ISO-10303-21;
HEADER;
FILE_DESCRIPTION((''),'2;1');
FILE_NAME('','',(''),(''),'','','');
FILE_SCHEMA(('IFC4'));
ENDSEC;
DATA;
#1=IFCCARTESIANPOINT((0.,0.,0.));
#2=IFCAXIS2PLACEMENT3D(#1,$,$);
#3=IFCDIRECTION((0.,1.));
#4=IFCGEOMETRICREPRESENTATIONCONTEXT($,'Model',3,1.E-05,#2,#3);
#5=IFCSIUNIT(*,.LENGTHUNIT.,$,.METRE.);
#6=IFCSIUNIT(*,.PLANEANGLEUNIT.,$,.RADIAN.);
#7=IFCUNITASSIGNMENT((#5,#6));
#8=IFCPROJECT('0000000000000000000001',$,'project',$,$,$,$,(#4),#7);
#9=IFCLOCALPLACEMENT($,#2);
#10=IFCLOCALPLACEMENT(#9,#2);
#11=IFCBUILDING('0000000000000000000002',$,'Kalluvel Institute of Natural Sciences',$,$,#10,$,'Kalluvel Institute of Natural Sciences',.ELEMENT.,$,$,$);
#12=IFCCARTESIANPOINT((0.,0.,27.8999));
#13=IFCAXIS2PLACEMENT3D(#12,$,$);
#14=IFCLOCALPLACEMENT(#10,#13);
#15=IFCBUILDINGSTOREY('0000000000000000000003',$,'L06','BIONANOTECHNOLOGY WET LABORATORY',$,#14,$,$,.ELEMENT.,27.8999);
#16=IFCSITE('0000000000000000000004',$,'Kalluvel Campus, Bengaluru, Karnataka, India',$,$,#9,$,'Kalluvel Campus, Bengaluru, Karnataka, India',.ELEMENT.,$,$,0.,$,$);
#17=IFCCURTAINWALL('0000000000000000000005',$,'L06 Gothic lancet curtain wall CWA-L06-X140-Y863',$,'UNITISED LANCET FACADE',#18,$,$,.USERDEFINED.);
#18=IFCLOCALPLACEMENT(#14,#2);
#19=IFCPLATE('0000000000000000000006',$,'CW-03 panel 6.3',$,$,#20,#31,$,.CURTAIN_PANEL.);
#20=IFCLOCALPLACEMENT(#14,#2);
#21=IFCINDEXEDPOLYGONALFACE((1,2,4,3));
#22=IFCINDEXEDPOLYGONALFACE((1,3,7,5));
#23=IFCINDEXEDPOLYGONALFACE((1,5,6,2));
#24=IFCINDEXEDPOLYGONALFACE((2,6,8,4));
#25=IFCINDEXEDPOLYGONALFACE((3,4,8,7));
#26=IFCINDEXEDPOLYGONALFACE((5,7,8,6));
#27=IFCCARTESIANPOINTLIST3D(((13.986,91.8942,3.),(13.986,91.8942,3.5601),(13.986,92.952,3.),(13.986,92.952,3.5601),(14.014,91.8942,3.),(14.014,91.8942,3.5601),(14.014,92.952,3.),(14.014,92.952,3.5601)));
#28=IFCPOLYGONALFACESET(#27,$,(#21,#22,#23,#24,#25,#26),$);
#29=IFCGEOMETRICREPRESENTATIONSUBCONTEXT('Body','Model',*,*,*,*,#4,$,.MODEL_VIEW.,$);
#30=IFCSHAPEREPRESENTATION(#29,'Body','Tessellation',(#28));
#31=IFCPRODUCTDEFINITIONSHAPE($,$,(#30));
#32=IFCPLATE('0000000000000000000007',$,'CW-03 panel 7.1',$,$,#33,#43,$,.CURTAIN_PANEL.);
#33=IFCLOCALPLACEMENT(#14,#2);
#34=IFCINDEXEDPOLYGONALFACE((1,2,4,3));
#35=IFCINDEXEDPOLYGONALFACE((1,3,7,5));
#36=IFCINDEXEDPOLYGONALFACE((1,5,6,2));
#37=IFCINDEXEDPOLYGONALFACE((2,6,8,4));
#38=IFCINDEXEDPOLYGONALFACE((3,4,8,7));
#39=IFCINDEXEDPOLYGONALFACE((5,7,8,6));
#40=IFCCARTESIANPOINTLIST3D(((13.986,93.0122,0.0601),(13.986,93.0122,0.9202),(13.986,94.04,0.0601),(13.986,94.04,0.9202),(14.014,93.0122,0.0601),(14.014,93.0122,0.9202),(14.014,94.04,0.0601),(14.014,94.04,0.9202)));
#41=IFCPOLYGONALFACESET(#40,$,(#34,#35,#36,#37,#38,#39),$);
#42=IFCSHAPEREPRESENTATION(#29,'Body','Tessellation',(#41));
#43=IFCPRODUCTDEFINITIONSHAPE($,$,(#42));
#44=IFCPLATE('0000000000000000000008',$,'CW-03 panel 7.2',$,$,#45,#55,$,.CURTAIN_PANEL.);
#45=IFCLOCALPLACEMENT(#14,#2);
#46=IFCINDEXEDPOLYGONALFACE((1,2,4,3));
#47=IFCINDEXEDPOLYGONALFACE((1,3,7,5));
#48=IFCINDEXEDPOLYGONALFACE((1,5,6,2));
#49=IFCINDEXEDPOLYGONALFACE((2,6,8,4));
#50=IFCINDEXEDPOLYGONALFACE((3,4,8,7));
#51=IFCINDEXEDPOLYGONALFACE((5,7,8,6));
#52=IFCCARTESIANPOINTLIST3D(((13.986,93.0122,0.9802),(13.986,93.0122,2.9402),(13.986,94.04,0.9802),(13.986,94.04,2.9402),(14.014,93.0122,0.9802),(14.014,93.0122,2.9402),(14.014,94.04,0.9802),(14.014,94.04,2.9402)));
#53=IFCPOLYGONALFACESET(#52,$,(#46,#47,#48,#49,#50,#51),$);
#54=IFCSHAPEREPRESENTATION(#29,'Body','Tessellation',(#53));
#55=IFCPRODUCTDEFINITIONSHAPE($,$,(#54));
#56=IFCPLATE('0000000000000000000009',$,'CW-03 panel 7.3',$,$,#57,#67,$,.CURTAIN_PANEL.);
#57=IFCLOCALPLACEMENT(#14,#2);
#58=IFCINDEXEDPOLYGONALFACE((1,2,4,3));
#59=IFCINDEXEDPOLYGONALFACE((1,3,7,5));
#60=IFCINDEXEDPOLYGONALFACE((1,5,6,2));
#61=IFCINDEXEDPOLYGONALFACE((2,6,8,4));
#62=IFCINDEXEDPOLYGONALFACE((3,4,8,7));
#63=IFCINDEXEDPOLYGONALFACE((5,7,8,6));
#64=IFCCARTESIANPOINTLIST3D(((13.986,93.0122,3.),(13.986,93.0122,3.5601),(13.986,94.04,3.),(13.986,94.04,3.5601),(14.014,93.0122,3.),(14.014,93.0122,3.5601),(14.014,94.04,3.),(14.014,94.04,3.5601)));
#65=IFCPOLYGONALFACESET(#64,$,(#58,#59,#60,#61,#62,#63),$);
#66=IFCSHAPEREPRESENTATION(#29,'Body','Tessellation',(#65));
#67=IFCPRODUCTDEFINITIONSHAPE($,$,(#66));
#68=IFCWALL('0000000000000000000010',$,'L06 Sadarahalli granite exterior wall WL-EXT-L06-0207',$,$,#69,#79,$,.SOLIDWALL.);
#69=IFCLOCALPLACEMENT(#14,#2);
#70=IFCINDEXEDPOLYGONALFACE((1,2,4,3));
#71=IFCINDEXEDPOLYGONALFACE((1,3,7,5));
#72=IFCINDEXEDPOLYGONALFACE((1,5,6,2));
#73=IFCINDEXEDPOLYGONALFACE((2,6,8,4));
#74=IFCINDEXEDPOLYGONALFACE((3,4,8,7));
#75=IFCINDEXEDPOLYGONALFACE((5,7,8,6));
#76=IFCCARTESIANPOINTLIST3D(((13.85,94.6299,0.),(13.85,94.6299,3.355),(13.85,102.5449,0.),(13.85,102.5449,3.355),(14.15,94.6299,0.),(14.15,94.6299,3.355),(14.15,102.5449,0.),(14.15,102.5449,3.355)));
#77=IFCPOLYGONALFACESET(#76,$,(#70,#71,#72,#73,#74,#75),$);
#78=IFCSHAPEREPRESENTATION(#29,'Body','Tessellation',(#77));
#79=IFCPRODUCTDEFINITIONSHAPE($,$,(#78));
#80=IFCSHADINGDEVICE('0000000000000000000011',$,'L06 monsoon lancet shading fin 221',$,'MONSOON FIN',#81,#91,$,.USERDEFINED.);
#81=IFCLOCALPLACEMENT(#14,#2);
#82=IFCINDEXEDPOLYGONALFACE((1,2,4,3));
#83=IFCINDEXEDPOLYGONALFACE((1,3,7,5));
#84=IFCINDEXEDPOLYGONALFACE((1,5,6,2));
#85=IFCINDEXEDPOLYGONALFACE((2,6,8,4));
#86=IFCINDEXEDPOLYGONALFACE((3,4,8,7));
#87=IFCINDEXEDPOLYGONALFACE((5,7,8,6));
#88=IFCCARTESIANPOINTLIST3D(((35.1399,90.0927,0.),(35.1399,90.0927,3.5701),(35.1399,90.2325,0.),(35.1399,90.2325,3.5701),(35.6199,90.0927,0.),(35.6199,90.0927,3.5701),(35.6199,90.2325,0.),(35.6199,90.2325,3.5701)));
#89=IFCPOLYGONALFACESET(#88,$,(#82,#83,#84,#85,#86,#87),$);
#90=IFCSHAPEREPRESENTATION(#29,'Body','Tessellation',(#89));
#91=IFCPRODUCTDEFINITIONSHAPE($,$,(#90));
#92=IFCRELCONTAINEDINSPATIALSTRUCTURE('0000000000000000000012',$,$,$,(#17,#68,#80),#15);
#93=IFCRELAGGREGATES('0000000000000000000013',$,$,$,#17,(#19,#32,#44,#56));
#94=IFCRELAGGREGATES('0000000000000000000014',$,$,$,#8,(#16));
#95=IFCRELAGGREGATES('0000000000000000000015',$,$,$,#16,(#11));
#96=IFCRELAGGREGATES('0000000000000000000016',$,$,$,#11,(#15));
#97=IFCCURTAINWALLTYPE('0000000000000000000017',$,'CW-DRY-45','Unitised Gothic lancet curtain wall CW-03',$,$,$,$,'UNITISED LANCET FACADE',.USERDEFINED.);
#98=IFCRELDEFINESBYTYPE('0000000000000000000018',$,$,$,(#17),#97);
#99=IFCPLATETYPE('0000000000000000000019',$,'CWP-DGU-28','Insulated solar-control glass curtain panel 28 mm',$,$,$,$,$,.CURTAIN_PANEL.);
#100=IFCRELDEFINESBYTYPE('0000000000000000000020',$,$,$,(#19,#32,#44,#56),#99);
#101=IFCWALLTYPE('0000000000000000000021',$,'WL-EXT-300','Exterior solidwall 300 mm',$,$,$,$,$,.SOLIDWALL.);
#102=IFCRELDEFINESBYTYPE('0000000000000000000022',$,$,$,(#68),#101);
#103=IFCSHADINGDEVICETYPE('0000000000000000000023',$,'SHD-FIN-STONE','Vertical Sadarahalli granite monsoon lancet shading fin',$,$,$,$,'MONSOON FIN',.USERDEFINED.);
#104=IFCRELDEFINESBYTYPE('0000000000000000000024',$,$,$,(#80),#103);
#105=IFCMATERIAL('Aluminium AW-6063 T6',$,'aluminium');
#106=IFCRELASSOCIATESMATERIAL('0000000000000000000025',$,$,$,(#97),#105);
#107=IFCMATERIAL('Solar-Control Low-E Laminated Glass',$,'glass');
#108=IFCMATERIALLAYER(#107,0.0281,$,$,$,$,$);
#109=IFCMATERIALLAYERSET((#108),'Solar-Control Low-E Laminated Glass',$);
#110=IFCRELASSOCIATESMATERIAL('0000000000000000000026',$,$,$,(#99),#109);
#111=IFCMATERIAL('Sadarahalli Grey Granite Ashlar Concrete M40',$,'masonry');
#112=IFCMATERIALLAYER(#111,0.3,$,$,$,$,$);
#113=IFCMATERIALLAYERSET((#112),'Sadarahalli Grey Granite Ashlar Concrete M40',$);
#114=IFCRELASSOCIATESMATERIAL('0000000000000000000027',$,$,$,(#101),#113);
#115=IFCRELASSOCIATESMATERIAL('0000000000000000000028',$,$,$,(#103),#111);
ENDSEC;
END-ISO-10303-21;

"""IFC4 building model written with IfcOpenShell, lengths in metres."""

from ifc_helpers import new_model, si_unit, direction, frame, frame_2d, origin, origin_2d, place, context, subcontext, project, spatial, rectangle, extrude, material, layer, layer_set, type_object, element, aggregate, save


model = new_model("IFC4")

# Units and contexts
model_context = context("Model", 3, precision=1e-05, world=origin(), true_north=direction((0.0, 1.0)))
body_context = subcontext(model_context, "Body", "Model", "MODEL_VIEW")
ifc_project = project(units=[si_unit("LENGTHUNIT", "METRE"), si_unit("PLANEANGLEUNIT", "RADIAN")], contexts=[model_context])

# Site, building, storey
site_placement = place(None, origin())
site = spatial("IfcSite", under=ifc_project, at=site_placement, Name="Kalluvel Campus, Bengaluru, Karnataka, India", LongName="Kalluvel Campus, Bengaluru, Karnataka, India", CompositionType="ELEMENT", RefElevation=0.0)
building_placement = place(site_placement, origin())
building = spatial("IfcBuilding", under=site, at=building_placement, Name="Kalluvel Institute of Natural Sciences", LongName="Kalluvel Institute of Natural Sciences", CompositionType="ELEMENT")
storey_placement = place(building_placement, frame((0.0, 0.0, 27.8999)))
storey = spatial("IfcBuildingStorey", under=building, at=storey_placement, Name="L06", Description="BIONANOTECHNOLOGY WET LABORATORY", CompositionType="ELEMENT", Elevation=27.8999)

# Curtain wall
ifc_material_1 = material(Name="Aluminium AW-6063 T6", Category="aluminium")
curtain_wall_type = type_object("IfcCurtainWallType", Name="CW-DRY-45", Description="Unitised Gothic lancet curtain wall CW-03", ElementType="UNITISED LANCET FACADE", PredefinedType="USERDEFINED", material=ifc_material_1)
curtain_wall_placement = place(storey_placement, origin())
curtain_wall = element("IfcCurtainWall", 1, at=curtain_wall_placement, inside=storey, type_object=curtain_wall_type, Name="L06 Gothic lancet curtain wall CWA-L06-X140-Y863", ObjectType="UNITISED LANCET FACADE", PredefinedType="USERDEFINED")

# Plates
ifc_material_2 = material(Name="Solar-Control Low-E Laminated Glass", Category="glass")
ifc_layer_1 = layer(ifc_material_2, 0.0281)
ifc_layer_set_1 = layer_set([ifc_layer_1], Name="Solar-Control Low-E Laminated Glass")
plate_type = type_object("IfcPlateType", Name="CWP-DGU-28", Description="Insulated solar-control glass curtain panel 28 mm", PredefinedType="CURTAIN_PANEL", material=ifc_layer_set_1)
plate_1_placement = place(storey_placement, frame((14.0, 92.4231, 3.0), z_axis=(0.0, 0.0, 1.0), x_axis=(0.0, 1.0, 0.0)))
plate_1 = element("IfcPlate", 2, at=plate_1_placement, type_object=plate_type, Name="CW-03 panel 6.3", PredefinedType="CURTAIN_PANEL", context=body_context, shape_type="SweptSolid", body=[
    extrude(rectangle(XDim=1.0579, YDim=0.0281, at=origin_2d()), origin(), (0.0, 0.0, 1.0), 0.5601),
])
plate_2_placement = place(storey_placement, frame((14.0, 93.5261, 0.0601), z_axis=(0.0, 0.0, 1.0), x_axis=(0.0, 1.0, 0.0)))
plate_2 = element("IfcPlate", 3, at=plate_2_placement, type_object=plate_type, Name="CW-03 panel 7.1", PredefinedType="CURTAIN_PANEL", context=body_context, shape_type="SweptSolid", body=[
    extrude(rectangle(XDim=1.0278, YDim=0.0281, at=origin_2d()), origin(), (0.0, 0.0, 1.0), 0.8601),
])
plate_3_placement = place(storey_placement, frame((14.0, 93.5261, 0.9802), z_axis=(0.0, 0.0, 1.0), x_axis=(0.0, 1.0, 0.0)))
plate_3 = element("IfcPlate", 4, at=plate_3_placement, type_object=plate_type, Name="CW-03 panel 7.2", PredefinedType="CURTAIN_PANEL", context=body_context, shape_type="SweptSolid", body=[
    extrude(rectangle(XDim=1.0278, YDim=0.0281, at=origin_2d()), origin(), (0.0, 0.0, 1.0), 1.96),
])
plate_4_placement = place(storey_placement, frame((14.0, 93.5261, 3.0), z_axis=(0.0, 0.0, 1.0), x_axis=(0.0, 1.0, 0.0)))
plate_4 = element("IfcPlate", 5, at=plate_4_placement, type_object=plate_type, Name="CW-03 panel 7.3", PredefinedType="CURTAIN_PANEL", context=body_context, shape_type="SweptSolid", body=[
    extrude(rectangle(XDim=1.0278, YDim=0.0281, at=origin_2d()), origin(), (0.0, 0.0, 1.0), 0.5601),
])
aggregate(curtain_wall, [plate_1, plate_2, plate_3, plate_4])

# Wall
ifc_material_3 = material(Name="Sadarahalli Grey Granite Ashlar Concrete M40", Category="masonry")
ifc_layer_2 = layer(ifc_material_3, 0.3)
ifc_layer_set_2 = layer_set([ifc_layer_2], Name="Sadarahalli Grey Granite Ashlar Concrete M40")
wall_type = type_object("IfcWallType", Name="WL-EXT-300", Description="Exterior solidwall 300 mm", PredefinedType="SOLIDWALL", material=ifc_layer_set_2)
wall_placement = place(storey_placement, frame((14.0, 94.6299, 0.0), z_axis=(0.0, 0.0, 1.0), x_axis=(0.0, 1.0, 0.0)))
element("IfcWall", 6, at=wall_placement, inside=storey, type_object=wall_type, Name="L06 Sadarahalli granite exterior wall WL-EXT-L06-0207", PredefinedType="SOLIDWALL", context=body_context, shape_type="SweptSolid", body=[
    extrude(rectangle(XDim=7.915, YDim=0.3, at=frame_2d((3.9575, 0.0))), origin(), (0.0, 0.0, 1.0), 3.355),
])

# Shading device
shading_device_type = type_object("IfcShadingDeviceType", Name="SHD-FIN-STONE", Description="Vertical Sadarahalli granite monsoon lancet shading fin", ElementType="MONSOON FIN", PredefinedType="USERDEFINED", material=ifc_material_3)
shading_device_placement = place(storey_placement, frame((35.3799, 90.1626, 0.0), z_axis=(0.0, 0.0, 1.0), x_axis=(0.0, 1.0, 0.0)))
element("IfcShadingDevice", 7, at=shading_device_placement, inside=storey, type_object=shading_device_type, Name="L06 monsoon lancet shading fin 221", ObjectType="MONSOON FIN", PredefinedType="USERDEFINED", context=body_context, shape_type="SweptSolid", body=[
    extrude(rectangle(XDim=0.1399, YDim=0.48, at=origin_2d()), origin(), (0.0, 0.0, 1.0), 3.5701),
])

save(model, "model.ifc")
